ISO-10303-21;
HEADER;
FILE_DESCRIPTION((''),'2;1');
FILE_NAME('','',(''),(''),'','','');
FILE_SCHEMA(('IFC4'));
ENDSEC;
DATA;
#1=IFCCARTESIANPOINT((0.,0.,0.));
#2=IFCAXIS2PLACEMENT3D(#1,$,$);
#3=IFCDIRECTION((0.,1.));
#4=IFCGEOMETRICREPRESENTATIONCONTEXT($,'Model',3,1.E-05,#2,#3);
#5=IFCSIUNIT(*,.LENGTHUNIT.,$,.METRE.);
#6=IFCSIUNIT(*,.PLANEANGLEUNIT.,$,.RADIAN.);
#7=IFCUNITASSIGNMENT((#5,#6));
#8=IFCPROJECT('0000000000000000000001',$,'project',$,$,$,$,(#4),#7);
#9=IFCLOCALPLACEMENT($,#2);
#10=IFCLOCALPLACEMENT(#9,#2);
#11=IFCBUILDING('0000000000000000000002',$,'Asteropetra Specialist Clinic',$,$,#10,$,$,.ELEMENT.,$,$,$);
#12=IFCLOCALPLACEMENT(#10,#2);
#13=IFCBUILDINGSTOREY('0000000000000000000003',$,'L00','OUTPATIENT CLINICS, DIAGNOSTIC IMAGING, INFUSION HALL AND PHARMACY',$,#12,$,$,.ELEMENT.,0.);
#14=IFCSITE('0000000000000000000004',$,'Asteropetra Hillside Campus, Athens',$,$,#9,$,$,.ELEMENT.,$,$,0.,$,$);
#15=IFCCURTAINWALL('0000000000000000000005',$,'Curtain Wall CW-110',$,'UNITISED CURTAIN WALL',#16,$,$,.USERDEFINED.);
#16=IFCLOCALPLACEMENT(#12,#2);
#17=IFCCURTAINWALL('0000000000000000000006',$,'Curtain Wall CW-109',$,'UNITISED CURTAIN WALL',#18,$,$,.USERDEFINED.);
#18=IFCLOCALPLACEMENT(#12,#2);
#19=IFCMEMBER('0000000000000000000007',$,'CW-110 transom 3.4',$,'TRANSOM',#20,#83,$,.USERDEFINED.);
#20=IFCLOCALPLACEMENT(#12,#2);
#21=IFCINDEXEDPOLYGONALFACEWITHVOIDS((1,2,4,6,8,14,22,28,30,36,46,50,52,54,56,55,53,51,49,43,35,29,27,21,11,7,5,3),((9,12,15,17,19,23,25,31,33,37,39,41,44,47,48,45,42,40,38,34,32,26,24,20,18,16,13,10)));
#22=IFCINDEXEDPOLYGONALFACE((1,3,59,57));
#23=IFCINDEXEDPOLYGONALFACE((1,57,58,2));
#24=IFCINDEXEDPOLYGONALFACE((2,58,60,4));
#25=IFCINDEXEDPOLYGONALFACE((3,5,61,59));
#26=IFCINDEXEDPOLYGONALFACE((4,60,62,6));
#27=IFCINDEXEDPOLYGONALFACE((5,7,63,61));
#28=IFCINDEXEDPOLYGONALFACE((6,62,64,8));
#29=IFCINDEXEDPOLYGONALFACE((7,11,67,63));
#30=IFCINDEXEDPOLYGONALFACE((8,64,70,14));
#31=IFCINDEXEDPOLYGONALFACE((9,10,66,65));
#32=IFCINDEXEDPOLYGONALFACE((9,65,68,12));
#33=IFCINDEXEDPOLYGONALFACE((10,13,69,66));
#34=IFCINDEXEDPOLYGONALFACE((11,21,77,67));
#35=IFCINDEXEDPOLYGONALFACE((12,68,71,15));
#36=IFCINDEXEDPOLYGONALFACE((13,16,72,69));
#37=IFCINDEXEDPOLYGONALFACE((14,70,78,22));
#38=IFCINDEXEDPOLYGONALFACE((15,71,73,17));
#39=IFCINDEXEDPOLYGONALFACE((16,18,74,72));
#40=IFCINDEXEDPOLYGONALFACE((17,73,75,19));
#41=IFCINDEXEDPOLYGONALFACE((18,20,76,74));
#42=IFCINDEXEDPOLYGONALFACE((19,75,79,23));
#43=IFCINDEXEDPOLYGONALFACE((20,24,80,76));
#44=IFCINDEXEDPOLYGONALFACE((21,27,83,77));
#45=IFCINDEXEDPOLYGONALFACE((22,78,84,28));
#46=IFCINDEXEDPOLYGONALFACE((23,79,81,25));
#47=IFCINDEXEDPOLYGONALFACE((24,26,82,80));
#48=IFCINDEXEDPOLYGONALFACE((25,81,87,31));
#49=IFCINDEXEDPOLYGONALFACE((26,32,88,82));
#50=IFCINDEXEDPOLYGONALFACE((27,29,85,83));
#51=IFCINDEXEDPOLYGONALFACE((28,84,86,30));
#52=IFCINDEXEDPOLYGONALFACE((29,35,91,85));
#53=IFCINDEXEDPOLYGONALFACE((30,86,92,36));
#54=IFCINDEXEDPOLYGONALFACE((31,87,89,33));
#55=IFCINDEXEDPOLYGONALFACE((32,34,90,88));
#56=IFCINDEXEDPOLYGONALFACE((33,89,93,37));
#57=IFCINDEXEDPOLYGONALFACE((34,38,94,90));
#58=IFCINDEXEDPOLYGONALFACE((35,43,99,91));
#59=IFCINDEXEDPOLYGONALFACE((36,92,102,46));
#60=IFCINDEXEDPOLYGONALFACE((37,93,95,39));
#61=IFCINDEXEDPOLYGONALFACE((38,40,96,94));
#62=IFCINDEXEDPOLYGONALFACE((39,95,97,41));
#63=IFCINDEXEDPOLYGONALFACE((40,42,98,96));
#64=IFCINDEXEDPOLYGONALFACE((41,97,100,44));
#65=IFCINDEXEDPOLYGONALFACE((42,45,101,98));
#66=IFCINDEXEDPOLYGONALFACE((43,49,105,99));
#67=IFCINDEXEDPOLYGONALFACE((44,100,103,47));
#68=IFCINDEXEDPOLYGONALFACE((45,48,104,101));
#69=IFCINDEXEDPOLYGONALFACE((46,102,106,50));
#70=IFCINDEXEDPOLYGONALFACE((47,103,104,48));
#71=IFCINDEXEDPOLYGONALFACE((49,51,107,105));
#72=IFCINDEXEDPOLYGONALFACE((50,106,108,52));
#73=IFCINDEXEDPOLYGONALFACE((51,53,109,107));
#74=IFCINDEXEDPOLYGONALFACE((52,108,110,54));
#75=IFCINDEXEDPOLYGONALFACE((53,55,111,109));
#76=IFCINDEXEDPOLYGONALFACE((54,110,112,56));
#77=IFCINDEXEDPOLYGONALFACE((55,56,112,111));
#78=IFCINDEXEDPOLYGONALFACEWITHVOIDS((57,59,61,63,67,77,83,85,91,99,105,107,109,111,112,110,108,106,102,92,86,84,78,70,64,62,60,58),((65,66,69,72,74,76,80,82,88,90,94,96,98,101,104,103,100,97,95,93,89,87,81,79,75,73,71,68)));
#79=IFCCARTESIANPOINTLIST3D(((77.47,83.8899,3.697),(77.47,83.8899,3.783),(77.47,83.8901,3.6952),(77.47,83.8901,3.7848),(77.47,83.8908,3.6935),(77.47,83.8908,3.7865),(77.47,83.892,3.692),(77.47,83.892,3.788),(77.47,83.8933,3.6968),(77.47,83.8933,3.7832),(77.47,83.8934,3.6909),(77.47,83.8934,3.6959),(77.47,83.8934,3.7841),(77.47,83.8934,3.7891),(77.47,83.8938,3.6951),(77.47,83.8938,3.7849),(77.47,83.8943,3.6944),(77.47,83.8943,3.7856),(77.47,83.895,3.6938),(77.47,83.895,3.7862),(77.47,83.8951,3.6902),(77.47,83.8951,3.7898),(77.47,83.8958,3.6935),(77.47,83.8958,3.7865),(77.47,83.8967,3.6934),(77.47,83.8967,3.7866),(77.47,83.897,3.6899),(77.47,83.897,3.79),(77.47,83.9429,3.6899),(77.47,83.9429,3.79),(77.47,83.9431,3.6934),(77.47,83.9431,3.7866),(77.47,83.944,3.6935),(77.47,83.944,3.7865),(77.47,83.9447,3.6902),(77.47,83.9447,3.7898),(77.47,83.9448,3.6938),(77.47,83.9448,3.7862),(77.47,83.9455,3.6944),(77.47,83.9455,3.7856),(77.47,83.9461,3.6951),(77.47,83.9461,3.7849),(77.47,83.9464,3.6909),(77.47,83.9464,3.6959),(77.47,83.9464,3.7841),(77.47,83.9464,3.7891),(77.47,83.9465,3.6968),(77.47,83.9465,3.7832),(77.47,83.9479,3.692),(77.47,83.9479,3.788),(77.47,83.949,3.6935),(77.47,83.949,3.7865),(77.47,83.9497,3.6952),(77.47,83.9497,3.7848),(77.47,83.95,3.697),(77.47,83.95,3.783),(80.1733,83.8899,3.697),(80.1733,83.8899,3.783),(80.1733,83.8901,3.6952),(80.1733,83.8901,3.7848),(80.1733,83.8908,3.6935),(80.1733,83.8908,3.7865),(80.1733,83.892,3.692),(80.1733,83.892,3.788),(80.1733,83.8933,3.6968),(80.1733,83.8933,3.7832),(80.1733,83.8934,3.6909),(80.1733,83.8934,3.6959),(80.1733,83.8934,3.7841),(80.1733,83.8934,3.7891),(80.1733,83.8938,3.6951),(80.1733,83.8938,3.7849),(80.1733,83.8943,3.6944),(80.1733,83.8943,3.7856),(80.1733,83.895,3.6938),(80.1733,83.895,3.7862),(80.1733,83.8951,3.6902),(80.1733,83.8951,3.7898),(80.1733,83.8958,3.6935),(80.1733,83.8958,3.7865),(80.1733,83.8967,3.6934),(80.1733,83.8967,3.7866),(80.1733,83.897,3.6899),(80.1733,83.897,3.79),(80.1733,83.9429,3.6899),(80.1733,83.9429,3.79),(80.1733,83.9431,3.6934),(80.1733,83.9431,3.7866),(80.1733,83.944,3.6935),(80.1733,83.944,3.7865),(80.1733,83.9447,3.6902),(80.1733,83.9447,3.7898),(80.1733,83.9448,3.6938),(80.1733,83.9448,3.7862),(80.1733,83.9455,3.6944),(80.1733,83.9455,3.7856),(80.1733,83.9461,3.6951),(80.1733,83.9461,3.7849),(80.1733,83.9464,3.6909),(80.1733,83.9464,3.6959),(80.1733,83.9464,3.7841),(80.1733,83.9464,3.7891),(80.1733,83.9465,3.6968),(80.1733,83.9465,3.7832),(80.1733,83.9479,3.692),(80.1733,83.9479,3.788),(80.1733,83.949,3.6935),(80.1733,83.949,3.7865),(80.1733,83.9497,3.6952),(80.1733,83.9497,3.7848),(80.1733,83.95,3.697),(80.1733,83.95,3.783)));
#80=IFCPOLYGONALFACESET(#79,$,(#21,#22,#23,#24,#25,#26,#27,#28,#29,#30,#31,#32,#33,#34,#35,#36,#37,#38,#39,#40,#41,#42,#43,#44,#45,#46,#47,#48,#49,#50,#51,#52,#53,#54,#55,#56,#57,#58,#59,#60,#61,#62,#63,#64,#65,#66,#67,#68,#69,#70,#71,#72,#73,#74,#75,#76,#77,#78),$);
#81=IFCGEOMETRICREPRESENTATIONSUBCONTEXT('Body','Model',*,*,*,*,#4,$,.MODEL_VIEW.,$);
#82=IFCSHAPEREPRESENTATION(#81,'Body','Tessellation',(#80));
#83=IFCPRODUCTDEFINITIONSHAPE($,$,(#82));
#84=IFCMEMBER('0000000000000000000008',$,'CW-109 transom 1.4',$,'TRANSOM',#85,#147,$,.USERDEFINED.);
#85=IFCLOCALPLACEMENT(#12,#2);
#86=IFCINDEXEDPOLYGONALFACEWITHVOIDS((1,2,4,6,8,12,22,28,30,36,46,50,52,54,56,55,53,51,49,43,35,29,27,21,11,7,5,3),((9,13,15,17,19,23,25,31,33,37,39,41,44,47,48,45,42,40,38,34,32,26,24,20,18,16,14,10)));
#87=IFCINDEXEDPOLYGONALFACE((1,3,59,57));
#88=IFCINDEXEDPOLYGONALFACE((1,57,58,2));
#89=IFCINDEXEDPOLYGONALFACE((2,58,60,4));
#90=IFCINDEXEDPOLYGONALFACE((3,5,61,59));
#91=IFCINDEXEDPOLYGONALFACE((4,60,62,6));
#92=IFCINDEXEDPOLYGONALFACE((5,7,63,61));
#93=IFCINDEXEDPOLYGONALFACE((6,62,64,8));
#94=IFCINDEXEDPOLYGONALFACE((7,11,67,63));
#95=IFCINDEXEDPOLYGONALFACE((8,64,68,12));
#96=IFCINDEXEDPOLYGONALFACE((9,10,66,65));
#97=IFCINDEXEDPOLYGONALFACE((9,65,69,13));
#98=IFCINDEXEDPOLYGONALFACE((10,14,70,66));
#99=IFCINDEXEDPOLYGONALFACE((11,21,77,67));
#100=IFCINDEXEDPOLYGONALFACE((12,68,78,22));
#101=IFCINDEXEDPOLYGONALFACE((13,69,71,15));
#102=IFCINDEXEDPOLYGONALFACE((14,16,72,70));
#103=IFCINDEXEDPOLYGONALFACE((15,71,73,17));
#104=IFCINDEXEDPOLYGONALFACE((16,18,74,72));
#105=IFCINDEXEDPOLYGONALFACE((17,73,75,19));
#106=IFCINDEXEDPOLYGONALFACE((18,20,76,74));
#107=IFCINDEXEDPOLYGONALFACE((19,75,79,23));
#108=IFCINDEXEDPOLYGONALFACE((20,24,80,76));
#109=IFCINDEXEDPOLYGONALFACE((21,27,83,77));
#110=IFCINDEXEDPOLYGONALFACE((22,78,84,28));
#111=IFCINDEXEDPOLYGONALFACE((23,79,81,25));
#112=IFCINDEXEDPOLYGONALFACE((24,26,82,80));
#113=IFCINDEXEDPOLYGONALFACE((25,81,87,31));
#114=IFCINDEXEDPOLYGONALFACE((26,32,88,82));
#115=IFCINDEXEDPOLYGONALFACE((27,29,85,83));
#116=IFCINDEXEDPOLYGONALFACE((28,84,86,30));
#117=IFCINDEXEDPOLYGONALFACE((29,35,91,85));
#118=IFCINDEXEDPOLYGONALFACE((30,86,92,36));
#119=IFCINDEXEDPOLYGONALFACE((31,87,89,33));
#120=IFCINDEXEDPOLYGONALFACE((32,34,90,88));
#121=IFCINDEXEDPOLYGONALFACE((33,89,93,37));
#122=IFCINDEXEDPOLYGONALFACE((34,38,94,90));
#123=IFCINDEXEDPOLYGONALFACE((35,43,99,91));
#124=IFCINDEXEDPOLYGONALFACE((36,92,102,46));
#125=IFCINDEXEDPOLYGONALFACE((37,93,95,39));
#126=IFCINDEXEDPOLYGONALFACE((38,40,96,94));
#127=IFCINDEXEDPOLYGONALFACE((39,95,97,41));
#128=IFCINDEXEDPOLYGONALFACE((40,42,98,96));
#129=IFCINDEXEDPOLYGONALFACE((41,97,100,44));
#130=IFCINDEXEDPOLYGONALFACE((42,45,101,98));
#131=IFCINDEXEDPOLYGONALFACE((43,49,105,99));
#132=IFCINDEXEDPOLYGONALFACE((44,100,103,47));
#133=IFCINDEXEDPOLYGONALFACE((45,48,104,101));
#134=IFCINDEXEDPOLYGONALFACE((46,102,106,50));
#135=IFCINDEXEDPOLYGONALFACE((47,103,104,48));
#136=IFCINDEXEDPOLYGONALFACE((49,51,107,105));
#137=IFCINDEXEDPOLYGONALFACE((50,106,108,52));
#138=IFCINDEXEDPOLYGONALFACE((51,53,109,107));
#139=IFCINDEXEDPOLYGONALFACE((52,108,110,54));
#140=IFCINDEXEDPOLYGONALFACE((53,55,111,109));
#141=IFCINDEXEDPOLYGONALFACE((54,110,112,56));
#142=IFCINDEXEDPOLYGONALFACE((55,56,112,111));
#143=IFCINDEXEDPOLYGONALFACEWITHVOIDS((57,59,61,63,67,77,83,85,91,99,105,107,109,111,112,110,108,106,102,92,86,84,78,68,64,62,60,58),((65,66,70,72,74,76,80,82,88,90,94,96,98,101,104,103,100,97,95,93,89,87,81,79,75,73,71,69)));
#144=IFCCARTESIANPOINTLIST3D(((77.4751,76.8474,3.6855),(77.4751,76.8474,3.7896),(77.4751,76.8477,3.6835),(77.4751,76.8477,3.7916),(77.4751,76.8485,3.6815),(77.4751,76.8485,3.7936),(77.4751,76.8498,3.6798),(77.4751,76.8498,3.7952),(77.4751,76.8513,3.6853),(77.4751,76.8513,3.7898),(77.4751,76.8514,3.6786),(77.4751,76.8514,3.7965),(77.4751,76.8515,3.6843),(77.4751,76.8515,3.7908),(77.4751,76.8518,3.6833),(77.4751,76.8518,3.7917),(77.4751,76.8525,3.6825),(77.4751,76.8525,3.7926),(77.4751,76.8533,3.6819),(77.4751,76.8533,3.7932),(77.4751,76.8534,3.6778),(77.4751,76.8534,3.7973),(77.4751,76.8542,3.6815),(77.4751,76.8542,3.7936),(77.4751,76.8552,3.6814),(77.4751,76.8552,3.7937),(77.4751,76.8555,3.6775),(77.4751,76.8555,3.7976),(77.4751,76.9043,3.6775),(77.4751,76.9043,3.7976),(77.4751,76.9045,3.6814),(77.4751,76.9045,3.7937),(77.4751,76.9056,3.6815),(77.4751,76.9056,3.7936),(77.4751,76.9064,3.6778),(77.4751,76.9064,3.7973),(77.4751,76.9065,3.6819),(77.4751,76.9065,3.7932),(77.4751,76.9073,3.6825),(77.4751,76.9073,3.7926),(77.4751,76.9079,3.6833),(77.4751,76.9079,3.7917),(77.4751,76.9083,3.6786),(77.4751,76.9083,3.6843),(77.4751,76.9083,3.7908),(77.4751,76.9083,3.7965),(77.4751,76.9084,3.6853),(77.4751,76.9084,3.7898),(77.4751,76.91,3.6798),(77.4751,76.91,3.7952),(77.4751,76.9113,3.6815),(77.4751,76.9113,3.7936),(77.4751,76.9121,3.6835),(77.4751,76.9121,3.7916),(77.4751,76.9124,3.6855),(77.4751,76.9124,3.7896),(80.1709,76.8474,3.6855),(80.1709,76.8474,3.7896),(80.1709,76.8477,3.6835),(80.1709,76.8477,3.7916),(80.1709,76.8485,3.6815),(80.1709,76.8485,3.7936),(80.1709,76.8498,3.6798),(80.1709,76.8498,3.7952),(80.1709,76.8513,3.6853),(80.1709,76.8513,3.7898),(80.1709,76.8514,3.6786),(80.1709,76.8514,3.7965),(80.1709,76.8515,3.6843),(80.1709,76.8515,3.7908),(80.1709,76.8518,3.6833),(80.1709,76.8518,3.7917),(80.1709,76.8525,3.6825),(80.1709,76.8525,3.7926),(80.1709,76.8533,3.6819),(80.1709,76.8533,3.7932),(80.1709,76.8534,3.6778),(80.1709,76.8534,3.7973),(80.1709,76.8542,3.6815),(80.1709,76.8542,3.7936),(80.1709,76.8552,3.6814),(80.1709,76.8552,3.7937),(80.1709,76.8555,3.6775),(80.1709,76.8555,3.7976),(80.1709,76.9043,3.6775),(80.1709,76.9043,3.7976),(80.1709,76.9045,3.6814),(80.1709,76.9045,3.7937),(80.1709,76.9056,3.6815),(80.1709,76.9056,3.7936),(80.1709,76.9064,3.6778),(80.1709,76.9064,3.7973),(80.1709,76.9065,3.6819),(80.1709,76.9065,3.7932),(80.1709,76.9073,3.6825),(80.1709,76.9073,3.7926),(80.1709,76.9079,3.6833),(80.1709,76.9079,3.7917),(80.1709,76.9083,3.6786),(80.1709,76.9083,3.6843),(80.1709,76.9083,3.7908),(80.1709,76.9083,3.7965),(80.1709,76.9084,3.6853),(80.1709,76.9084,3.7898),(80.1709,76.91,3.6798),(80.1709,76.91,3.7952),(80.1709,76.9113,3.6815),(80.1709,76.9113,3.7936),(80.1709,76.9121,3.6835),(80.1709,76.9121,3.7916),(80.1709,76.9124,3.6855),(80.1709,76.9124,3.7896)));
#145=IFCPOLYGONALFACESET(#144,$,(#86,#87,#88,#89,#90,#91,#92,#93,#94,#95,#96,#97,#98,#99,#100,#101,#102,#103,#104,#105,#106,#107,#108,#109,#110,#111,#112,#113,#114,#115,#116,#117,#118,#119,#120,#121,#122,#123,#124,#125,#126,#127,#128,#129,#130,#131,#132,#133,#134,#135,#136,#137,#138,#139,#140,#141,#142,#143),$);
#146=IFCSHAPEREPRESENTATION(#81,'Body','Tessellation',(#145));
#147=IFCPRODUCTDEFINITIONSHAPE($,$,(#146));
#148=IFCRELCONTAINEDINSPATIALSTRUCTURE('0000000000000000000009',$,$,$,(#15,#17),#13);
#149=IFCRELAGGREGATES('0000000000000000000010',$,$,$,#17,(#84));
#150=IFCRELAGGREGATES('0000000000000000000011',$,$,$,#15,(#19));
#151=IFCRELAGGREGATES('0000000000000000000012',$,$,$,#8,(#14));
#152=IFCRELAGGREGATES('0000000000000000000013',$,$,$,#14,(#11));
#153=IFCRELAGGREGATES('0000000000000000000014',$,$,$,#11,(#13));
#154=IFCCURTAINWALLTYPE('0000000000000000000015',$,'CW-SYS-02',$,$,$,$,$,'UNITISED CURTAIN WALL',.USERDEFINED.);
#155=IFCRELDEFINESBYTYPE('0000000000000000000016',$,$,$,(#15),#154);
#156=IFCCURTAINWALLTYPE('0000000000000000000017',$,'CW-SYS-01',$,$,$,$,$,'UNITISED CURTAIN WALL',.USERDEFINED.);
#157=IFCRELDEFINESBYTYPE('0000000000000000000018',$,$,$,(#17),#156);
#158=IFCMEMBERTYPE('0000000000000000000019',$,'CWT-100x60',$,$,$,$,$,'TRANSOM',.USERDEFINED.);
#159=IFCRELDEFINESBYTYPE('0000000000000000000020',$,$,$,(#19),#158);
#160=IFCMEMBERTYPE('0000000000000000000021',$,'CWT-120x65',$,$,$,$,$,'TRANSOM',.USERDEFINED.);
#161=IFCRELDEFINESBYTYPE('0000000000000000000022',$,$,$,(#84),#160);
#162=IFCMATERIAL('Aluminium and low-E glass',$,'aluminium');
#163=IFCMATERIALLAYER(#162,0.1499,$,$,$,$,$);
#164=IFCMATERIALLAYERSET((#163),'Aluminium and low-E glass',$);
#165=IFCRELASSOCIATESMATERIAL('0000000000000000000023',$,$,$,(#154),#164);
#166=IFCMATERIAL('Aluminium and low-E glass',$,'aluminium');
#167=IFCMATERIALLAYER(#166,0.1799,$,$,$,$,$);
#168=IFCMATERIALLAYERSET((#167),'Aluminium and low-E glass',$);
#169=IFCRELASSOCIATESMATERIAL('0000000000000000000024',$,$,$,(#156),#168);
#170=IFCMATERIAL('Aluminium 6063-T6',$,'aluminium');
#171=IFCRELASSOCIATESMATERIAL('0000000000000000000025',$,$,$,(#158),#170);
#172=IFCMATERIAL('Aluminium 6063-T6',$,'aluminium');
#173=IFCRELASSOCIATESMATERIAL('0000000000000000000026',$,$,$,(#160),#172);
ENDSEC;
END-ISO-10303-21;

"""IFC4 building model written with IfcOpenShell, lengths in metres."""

from ifc_helpers import new_model, si_unit, direction, frame, origin, origin_2d, place, context, subcontext, project, spatial, hollow_rectangle, extrude, material, layer, layer_set, material_profile, profile_set, type_object, element, aggregate, save


model = new_model("IFC4")

# Units and contexts
model_context = context("Model", 3, precision=1e-05, world=origin(), true_north=direction((0.0, 1.0)))
body_context = subcontext(model_context, "Body", "Model", "MODEL_VIEW")
ifc_project = project(units=[si_unit("LENGTHUNIT", "METRE"), si_unit("PLANEANGLEUNIT", "RADIAN")], contexts=[model_context])

# Site, building, storey
site_placement = place(None, origin())
site = spatial("IfcSite", under=ifc_project, at=site_placement, Name="Asteropetra Hillside Campus, Athens", CompositionType="ELEMENT", RefElevation=0.0)
building_placement = place(site_placement, origin())
building = spatial("IfcBuilding", under=site, at=building_placement, Name="Asteropetra Specialist Clinic", CompositionType="ELEMENT")
storey_placement = place(building_placement, origin())
storey = spatial("IfcBuildingStorey", under=building, at=storey_placement, Name="L00", Description="OUTPATIENT CLINICS, DIAGNOSTIC IMAGING, INFUSION HALL AND PHARMACY", CompositionType="ELEMENT", Elevation=0.0)

# Curtain wall
ifc_material_1 = material(Name="Aluminium and low-E glass", Category="aluminium")
ifc_layer_1 = layer(ifc_material_1, 0.1499)
ifc_layer_set_1 = layer_set([ifc_layer_1], Name="Aluminium and low-E glass")
curtain_wall_type_1 = type_object("IfcCurtainWallType", Name="CW-SYS-02", ElementType="UNITISED CURTAIN WALL", PredefinedType="USERDEFINED", material=ifc_layer_set_1)
curtain_wall_1_placement = place(storey_placement, origin())
curtain_wall_1 = element("IfcCurtainWall", 1, at=curtain_wall_1_placement, inside=storey, type_object=curtain_wall_type_1, Name="Curtain Wall CW-110", ObjectType="UNITISED CURTAIN WALL", PredefinedType="USERDEFINED")

# Curtain wall
ifc_material_2 = material(Name="Aluminium and low-E glass", Category="aluminium")
ifc_layer_2 = layer(ifc_material_2, 0.1799)
ifc_layer_set_2 = layer_set([ifc_layer_2], Name="Aluminium and low-E glass")
curtain_wall_type_2 = type_object("IfcCurtainWallType", Name="CW-SYS-01", ElementType="UNITISED CURTAIN WALL", PredefinedType="USERDEFINED", material=ifc_layer_set_2)
curtain_wall_2_placement = place(storey_placement, origin())
curtain_wall_2 = element("IfcCurtainWall", 2, at=curtain_wall_2_placement, inside=storey, type_object=curtain_wall_type_2, Name="Curtain Wall CW-109", ObjectType="UNITISED CURTAIN WALL", PredefinedType="USERDEFINED")

# Members
ifc_material_3 = material(Name="Aluminium 6063-T6", Category="aluminium")
ifc_material_profile_1 = material_profile(ifc_material_3, hollow_rectangle(XDim=0.0601, YDim=0.1001, WallThickness=0.0034, InnerFilletRadius=0.0034, OuterFilletRadius=0.0071, at=origin_2d()), Name="TRN 100x60x3.5")
ifc_profile_set_1 = profile_set([ifc_material_profile_1], Name="Aluminium 6063-T6")
member_type_1 = type_object("IfcMemberType", Name="CWT-100x60", ElementType="TRANSOM", PredefinedType="USERDEFINED", material=ifc_profile_set_1)
member_1_placement = place(storey_placement, frame((80.1733, 83.9199, 3.74), z_axis=(-1.0, 0.0, 0.0), x_axis=(0.0, -1.0, 0.0)))
member_1 = element("IfcMember", 3, at=member_1_placement, type_object=member_type_1, Name="CW-110 transom 3.4", ObjectType="TRANSOM", PredefinedType="USERDEFINED", context=body_context, shape_type="SweptSolid", body=[
    extrude(hollow_rectangle(XDim=0.0601, YDim=0.1001, WallThickness=0.0034, InnerFilletRadius=0.0034, OuterFilletRadius=0.0071, at=origin_2d()), origin(), (0.0, 0.0, 1.0), 2.7034),
])
ifc_material_4 = material(Name="Aluminium 6063-T6", Category="aluminium")
ifc_material_profile_2 = material_profile(ifc_material_4, hollow_rectangle(XDim=0.0649, YDim=0.1201, WallThickness=0.0039, InnerFilletRadius=0.0039, OuterFilletRadius=0.0081, at=origin_2d()), Name="TRN 120x65x4.0")
ifc_profile_set_2 = profile_set([ifc_material_profile_2], Name="Aluminium 6063-T6")
member_type_2 = type_object("IfcMemberType", Name="CWT-120x65", ElementType="TRANSOM", PredefinedType="USERDEFINED", material=ifc_profile_set_2)
member_2_placement = place(storey_placement, frame((77.4751, 76.8799, 3.7375), z_axis=(1.0, 0.0, 0.0), x_axis=(0.0, 1.0, 0.0)))
member_2 = element("IfcMember", 4, at=member_2_placement, type_object=member_type_2, Name="CW-109 transom 1.4", ObjectType="TRANSOM", PredefinedType="USERDEFINED", context=body_context, shape_type="SweptSolid", body=[
    extrude(hollow_rectangle(XDim=0.0649, YDim=0.1201, WallThickness=0.0039, InnerFilletRadius=0.0039, OuterFilletRadius=0.0081, at=origin_2d()), origin(), (0.0, 0.0, 1.0), 2.6958),
])

aggregate(curtain_wall_2, [member_2])
aggregate(curtain_wall_1, [member_1])

save(model, "model.ifc")
